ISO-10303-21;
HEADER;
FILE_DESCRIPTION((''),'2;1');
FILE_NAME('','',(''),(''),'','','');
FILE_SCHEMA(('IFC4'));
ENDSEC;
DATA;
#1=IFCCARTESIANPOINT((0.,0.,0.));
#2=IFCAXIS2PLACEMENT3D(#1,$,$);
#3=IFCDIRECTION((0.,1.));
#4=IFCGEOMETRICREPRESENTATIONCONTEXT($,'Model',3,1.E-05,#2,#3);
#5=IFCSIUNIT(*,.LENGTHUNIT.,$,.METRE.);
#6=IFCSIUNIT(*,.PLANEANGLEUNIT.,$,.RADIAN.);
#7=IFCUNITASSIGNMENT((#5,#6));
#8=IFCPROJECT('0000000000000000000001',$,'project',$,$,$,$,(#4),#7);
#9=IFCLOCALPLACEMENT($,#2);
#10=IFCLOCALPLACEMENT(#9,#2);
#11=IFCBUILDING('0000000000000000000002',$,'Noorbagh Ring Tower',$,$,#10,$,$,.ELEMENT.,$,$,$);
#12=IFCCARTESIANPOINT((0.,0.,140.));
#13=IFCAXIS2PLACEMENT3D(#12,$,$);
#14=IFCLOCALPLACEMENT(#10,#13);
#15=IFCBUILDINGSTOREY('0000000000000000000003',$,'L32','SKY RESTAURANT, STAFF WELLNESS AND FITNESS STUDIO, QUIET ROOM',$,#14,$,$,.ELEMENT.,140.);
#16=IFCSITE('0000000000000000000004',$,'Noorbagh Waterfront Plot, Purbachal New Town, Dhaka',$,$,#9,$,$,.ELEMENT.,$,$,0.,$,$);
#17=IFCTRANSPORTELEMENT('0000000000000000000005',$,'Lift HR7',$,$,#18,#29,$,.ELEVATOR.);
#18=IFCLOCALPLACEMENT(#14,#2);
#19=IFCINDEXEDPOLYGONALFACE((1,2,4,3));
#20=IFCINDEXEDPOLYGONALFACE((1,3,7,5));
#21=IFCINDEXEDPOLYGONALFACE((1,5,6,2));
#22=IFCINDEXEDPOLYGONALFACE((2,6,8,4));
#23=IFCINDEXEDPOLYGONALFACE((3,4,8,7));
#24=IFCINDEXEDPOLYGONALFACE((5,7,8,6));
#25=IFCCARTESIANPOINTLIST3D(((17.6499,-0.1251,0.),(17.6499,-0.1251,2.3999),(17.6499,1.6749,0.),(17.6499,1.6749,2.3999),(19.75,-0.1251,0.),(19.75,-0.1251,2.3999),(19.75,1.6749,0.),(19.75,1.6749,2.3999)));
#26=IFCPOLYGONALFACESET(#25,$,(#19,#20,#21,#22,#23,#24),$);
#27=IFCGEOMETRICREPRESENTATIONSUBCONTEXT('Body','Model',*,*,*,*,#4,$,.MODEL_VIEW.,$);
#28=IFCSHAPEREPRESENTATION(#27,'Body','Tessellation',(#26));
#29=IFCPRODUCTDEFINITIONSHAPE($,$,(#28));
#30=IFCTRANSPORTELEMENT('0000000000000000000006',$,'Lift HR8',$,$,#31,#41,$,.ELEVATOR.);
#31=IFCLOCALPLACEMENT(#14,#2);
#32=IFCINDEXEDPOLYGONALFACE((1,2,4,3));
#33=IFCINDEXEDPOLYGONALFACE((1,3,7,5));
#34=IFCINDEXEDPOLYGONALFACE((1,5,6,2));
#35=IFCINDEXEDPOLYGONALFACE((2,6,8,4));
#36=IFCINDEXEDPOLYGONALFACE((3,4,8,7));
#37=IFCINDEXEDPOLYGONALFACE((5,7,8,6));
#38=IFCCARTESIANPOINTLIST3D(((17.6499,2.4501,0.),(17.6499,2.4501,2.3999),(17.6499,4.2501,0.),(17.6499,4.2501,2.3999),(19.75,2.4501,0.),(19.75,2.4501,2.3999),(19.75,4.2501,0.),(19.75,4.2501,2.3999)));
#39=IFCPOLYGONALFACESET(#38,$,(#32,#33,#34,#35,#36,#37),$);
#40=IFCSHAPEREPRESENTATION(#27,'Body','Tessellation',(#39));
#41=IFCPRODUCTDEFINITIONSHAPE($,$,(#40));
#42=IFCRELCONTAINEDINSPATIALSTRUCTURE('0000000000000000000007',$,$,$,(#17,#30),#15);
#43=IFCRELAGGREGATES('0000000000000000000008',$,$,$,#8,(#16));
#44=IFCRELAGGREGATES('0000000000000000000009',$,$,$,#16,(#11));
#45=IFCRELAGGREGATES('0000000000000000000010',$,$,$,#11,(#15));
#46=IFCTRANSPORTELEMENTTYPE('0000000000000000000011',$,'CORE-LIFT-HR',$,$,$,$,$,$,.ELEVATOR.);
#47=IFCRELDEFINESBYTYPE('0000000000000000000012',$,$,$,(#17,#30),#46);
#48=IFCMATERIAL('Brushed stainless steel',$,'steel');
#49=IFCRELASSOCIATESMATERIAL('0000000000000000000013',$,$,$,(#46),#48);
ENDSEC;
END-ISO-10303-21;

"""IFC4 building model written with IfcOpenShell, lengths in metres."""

from ifc_helpers import new_model, si_unit, direction, frame, origin, origin_2d, place, context, subcontext, project, spatial, rectangle, extrude, material, type_object, element, save


model = new_model("IFC4")

# Units and contexts
model_context = context("Model", 3, precision=1e-05, world=origin(), true_north=direction((0.0, 1.0)))
body_context = subcontext(model_context, "Body", "Model", "MODEL_VIEW")
ifc_project = project(units=[si_unit("LENGTHUNIT", "METRE"), si_unit("PLANEANGLEUNIT", "RADIAN")], contexts=[model_context])

# Site, building, storey
site_placement = place(None, origin())
site = spatial("IfcSite", under=ifc_project, at=site_placement, Name="Noorbagh Waterfront Plot, Purbachal New Town, Dhaka", CompositionType="ELEMENT", RefElevation=0.0)
building_placement = place(site_placement, origin())
building = spatial("IfcBuilding", under=site, at=building_placement, Name="Noorbagh Ring Tower", CompositionType="ELEMENT")
storey_placement = place(building_placement, frame((0.0, 0.0, 140.0)))
storey = spatial("IfcBuildingStorey", under=building, at=storey_placement, Name="L32", Description="SKY RESTAURANT, STAFF WELLNESS AND FITNESS STUDIO, QUIET ROOM", CompositionType="ELEMENT", Elevation=140.0)

# Transport elements
ifc_material_1 = material(Name="Brushed stainless steel", Category="steel")
transport_element_type = type_object("IfcTransportElementType", Name="CORE-LIFT-HR", PredefinedType="ELEVATOR", material=ifc_material_1)
for number, where, z_axis, x_axis, name in (
    (1, (18.7, 0.7749, 0.0), (0.0, 0.0, 1.0), (1.0, 0.0, 0.0), "Lift HR7"),
    (2, (18.7, 3.3501, 0.0), (0.0, 0.0, 1.0), (1.0, 0.0, 0.0), "Lift HR8"),
):
    element("IfcTransportElement", number, at=place(storey_placement, frame(where, z_axis=z_axis, x_axis=x_axis)), inside=storey, type_object=transport_element_type, Name=name, PredefinedType="ELEVATOR", context=body_context, shape_type="SweptSolid", body=[
        extrude(rectangle(XDim=2.1001, YDim=1.8, at=origin_2d()), origin(), (0.0, 0.0, 1.0), 2.3999),
    ])

save(model, "model.ifc")
